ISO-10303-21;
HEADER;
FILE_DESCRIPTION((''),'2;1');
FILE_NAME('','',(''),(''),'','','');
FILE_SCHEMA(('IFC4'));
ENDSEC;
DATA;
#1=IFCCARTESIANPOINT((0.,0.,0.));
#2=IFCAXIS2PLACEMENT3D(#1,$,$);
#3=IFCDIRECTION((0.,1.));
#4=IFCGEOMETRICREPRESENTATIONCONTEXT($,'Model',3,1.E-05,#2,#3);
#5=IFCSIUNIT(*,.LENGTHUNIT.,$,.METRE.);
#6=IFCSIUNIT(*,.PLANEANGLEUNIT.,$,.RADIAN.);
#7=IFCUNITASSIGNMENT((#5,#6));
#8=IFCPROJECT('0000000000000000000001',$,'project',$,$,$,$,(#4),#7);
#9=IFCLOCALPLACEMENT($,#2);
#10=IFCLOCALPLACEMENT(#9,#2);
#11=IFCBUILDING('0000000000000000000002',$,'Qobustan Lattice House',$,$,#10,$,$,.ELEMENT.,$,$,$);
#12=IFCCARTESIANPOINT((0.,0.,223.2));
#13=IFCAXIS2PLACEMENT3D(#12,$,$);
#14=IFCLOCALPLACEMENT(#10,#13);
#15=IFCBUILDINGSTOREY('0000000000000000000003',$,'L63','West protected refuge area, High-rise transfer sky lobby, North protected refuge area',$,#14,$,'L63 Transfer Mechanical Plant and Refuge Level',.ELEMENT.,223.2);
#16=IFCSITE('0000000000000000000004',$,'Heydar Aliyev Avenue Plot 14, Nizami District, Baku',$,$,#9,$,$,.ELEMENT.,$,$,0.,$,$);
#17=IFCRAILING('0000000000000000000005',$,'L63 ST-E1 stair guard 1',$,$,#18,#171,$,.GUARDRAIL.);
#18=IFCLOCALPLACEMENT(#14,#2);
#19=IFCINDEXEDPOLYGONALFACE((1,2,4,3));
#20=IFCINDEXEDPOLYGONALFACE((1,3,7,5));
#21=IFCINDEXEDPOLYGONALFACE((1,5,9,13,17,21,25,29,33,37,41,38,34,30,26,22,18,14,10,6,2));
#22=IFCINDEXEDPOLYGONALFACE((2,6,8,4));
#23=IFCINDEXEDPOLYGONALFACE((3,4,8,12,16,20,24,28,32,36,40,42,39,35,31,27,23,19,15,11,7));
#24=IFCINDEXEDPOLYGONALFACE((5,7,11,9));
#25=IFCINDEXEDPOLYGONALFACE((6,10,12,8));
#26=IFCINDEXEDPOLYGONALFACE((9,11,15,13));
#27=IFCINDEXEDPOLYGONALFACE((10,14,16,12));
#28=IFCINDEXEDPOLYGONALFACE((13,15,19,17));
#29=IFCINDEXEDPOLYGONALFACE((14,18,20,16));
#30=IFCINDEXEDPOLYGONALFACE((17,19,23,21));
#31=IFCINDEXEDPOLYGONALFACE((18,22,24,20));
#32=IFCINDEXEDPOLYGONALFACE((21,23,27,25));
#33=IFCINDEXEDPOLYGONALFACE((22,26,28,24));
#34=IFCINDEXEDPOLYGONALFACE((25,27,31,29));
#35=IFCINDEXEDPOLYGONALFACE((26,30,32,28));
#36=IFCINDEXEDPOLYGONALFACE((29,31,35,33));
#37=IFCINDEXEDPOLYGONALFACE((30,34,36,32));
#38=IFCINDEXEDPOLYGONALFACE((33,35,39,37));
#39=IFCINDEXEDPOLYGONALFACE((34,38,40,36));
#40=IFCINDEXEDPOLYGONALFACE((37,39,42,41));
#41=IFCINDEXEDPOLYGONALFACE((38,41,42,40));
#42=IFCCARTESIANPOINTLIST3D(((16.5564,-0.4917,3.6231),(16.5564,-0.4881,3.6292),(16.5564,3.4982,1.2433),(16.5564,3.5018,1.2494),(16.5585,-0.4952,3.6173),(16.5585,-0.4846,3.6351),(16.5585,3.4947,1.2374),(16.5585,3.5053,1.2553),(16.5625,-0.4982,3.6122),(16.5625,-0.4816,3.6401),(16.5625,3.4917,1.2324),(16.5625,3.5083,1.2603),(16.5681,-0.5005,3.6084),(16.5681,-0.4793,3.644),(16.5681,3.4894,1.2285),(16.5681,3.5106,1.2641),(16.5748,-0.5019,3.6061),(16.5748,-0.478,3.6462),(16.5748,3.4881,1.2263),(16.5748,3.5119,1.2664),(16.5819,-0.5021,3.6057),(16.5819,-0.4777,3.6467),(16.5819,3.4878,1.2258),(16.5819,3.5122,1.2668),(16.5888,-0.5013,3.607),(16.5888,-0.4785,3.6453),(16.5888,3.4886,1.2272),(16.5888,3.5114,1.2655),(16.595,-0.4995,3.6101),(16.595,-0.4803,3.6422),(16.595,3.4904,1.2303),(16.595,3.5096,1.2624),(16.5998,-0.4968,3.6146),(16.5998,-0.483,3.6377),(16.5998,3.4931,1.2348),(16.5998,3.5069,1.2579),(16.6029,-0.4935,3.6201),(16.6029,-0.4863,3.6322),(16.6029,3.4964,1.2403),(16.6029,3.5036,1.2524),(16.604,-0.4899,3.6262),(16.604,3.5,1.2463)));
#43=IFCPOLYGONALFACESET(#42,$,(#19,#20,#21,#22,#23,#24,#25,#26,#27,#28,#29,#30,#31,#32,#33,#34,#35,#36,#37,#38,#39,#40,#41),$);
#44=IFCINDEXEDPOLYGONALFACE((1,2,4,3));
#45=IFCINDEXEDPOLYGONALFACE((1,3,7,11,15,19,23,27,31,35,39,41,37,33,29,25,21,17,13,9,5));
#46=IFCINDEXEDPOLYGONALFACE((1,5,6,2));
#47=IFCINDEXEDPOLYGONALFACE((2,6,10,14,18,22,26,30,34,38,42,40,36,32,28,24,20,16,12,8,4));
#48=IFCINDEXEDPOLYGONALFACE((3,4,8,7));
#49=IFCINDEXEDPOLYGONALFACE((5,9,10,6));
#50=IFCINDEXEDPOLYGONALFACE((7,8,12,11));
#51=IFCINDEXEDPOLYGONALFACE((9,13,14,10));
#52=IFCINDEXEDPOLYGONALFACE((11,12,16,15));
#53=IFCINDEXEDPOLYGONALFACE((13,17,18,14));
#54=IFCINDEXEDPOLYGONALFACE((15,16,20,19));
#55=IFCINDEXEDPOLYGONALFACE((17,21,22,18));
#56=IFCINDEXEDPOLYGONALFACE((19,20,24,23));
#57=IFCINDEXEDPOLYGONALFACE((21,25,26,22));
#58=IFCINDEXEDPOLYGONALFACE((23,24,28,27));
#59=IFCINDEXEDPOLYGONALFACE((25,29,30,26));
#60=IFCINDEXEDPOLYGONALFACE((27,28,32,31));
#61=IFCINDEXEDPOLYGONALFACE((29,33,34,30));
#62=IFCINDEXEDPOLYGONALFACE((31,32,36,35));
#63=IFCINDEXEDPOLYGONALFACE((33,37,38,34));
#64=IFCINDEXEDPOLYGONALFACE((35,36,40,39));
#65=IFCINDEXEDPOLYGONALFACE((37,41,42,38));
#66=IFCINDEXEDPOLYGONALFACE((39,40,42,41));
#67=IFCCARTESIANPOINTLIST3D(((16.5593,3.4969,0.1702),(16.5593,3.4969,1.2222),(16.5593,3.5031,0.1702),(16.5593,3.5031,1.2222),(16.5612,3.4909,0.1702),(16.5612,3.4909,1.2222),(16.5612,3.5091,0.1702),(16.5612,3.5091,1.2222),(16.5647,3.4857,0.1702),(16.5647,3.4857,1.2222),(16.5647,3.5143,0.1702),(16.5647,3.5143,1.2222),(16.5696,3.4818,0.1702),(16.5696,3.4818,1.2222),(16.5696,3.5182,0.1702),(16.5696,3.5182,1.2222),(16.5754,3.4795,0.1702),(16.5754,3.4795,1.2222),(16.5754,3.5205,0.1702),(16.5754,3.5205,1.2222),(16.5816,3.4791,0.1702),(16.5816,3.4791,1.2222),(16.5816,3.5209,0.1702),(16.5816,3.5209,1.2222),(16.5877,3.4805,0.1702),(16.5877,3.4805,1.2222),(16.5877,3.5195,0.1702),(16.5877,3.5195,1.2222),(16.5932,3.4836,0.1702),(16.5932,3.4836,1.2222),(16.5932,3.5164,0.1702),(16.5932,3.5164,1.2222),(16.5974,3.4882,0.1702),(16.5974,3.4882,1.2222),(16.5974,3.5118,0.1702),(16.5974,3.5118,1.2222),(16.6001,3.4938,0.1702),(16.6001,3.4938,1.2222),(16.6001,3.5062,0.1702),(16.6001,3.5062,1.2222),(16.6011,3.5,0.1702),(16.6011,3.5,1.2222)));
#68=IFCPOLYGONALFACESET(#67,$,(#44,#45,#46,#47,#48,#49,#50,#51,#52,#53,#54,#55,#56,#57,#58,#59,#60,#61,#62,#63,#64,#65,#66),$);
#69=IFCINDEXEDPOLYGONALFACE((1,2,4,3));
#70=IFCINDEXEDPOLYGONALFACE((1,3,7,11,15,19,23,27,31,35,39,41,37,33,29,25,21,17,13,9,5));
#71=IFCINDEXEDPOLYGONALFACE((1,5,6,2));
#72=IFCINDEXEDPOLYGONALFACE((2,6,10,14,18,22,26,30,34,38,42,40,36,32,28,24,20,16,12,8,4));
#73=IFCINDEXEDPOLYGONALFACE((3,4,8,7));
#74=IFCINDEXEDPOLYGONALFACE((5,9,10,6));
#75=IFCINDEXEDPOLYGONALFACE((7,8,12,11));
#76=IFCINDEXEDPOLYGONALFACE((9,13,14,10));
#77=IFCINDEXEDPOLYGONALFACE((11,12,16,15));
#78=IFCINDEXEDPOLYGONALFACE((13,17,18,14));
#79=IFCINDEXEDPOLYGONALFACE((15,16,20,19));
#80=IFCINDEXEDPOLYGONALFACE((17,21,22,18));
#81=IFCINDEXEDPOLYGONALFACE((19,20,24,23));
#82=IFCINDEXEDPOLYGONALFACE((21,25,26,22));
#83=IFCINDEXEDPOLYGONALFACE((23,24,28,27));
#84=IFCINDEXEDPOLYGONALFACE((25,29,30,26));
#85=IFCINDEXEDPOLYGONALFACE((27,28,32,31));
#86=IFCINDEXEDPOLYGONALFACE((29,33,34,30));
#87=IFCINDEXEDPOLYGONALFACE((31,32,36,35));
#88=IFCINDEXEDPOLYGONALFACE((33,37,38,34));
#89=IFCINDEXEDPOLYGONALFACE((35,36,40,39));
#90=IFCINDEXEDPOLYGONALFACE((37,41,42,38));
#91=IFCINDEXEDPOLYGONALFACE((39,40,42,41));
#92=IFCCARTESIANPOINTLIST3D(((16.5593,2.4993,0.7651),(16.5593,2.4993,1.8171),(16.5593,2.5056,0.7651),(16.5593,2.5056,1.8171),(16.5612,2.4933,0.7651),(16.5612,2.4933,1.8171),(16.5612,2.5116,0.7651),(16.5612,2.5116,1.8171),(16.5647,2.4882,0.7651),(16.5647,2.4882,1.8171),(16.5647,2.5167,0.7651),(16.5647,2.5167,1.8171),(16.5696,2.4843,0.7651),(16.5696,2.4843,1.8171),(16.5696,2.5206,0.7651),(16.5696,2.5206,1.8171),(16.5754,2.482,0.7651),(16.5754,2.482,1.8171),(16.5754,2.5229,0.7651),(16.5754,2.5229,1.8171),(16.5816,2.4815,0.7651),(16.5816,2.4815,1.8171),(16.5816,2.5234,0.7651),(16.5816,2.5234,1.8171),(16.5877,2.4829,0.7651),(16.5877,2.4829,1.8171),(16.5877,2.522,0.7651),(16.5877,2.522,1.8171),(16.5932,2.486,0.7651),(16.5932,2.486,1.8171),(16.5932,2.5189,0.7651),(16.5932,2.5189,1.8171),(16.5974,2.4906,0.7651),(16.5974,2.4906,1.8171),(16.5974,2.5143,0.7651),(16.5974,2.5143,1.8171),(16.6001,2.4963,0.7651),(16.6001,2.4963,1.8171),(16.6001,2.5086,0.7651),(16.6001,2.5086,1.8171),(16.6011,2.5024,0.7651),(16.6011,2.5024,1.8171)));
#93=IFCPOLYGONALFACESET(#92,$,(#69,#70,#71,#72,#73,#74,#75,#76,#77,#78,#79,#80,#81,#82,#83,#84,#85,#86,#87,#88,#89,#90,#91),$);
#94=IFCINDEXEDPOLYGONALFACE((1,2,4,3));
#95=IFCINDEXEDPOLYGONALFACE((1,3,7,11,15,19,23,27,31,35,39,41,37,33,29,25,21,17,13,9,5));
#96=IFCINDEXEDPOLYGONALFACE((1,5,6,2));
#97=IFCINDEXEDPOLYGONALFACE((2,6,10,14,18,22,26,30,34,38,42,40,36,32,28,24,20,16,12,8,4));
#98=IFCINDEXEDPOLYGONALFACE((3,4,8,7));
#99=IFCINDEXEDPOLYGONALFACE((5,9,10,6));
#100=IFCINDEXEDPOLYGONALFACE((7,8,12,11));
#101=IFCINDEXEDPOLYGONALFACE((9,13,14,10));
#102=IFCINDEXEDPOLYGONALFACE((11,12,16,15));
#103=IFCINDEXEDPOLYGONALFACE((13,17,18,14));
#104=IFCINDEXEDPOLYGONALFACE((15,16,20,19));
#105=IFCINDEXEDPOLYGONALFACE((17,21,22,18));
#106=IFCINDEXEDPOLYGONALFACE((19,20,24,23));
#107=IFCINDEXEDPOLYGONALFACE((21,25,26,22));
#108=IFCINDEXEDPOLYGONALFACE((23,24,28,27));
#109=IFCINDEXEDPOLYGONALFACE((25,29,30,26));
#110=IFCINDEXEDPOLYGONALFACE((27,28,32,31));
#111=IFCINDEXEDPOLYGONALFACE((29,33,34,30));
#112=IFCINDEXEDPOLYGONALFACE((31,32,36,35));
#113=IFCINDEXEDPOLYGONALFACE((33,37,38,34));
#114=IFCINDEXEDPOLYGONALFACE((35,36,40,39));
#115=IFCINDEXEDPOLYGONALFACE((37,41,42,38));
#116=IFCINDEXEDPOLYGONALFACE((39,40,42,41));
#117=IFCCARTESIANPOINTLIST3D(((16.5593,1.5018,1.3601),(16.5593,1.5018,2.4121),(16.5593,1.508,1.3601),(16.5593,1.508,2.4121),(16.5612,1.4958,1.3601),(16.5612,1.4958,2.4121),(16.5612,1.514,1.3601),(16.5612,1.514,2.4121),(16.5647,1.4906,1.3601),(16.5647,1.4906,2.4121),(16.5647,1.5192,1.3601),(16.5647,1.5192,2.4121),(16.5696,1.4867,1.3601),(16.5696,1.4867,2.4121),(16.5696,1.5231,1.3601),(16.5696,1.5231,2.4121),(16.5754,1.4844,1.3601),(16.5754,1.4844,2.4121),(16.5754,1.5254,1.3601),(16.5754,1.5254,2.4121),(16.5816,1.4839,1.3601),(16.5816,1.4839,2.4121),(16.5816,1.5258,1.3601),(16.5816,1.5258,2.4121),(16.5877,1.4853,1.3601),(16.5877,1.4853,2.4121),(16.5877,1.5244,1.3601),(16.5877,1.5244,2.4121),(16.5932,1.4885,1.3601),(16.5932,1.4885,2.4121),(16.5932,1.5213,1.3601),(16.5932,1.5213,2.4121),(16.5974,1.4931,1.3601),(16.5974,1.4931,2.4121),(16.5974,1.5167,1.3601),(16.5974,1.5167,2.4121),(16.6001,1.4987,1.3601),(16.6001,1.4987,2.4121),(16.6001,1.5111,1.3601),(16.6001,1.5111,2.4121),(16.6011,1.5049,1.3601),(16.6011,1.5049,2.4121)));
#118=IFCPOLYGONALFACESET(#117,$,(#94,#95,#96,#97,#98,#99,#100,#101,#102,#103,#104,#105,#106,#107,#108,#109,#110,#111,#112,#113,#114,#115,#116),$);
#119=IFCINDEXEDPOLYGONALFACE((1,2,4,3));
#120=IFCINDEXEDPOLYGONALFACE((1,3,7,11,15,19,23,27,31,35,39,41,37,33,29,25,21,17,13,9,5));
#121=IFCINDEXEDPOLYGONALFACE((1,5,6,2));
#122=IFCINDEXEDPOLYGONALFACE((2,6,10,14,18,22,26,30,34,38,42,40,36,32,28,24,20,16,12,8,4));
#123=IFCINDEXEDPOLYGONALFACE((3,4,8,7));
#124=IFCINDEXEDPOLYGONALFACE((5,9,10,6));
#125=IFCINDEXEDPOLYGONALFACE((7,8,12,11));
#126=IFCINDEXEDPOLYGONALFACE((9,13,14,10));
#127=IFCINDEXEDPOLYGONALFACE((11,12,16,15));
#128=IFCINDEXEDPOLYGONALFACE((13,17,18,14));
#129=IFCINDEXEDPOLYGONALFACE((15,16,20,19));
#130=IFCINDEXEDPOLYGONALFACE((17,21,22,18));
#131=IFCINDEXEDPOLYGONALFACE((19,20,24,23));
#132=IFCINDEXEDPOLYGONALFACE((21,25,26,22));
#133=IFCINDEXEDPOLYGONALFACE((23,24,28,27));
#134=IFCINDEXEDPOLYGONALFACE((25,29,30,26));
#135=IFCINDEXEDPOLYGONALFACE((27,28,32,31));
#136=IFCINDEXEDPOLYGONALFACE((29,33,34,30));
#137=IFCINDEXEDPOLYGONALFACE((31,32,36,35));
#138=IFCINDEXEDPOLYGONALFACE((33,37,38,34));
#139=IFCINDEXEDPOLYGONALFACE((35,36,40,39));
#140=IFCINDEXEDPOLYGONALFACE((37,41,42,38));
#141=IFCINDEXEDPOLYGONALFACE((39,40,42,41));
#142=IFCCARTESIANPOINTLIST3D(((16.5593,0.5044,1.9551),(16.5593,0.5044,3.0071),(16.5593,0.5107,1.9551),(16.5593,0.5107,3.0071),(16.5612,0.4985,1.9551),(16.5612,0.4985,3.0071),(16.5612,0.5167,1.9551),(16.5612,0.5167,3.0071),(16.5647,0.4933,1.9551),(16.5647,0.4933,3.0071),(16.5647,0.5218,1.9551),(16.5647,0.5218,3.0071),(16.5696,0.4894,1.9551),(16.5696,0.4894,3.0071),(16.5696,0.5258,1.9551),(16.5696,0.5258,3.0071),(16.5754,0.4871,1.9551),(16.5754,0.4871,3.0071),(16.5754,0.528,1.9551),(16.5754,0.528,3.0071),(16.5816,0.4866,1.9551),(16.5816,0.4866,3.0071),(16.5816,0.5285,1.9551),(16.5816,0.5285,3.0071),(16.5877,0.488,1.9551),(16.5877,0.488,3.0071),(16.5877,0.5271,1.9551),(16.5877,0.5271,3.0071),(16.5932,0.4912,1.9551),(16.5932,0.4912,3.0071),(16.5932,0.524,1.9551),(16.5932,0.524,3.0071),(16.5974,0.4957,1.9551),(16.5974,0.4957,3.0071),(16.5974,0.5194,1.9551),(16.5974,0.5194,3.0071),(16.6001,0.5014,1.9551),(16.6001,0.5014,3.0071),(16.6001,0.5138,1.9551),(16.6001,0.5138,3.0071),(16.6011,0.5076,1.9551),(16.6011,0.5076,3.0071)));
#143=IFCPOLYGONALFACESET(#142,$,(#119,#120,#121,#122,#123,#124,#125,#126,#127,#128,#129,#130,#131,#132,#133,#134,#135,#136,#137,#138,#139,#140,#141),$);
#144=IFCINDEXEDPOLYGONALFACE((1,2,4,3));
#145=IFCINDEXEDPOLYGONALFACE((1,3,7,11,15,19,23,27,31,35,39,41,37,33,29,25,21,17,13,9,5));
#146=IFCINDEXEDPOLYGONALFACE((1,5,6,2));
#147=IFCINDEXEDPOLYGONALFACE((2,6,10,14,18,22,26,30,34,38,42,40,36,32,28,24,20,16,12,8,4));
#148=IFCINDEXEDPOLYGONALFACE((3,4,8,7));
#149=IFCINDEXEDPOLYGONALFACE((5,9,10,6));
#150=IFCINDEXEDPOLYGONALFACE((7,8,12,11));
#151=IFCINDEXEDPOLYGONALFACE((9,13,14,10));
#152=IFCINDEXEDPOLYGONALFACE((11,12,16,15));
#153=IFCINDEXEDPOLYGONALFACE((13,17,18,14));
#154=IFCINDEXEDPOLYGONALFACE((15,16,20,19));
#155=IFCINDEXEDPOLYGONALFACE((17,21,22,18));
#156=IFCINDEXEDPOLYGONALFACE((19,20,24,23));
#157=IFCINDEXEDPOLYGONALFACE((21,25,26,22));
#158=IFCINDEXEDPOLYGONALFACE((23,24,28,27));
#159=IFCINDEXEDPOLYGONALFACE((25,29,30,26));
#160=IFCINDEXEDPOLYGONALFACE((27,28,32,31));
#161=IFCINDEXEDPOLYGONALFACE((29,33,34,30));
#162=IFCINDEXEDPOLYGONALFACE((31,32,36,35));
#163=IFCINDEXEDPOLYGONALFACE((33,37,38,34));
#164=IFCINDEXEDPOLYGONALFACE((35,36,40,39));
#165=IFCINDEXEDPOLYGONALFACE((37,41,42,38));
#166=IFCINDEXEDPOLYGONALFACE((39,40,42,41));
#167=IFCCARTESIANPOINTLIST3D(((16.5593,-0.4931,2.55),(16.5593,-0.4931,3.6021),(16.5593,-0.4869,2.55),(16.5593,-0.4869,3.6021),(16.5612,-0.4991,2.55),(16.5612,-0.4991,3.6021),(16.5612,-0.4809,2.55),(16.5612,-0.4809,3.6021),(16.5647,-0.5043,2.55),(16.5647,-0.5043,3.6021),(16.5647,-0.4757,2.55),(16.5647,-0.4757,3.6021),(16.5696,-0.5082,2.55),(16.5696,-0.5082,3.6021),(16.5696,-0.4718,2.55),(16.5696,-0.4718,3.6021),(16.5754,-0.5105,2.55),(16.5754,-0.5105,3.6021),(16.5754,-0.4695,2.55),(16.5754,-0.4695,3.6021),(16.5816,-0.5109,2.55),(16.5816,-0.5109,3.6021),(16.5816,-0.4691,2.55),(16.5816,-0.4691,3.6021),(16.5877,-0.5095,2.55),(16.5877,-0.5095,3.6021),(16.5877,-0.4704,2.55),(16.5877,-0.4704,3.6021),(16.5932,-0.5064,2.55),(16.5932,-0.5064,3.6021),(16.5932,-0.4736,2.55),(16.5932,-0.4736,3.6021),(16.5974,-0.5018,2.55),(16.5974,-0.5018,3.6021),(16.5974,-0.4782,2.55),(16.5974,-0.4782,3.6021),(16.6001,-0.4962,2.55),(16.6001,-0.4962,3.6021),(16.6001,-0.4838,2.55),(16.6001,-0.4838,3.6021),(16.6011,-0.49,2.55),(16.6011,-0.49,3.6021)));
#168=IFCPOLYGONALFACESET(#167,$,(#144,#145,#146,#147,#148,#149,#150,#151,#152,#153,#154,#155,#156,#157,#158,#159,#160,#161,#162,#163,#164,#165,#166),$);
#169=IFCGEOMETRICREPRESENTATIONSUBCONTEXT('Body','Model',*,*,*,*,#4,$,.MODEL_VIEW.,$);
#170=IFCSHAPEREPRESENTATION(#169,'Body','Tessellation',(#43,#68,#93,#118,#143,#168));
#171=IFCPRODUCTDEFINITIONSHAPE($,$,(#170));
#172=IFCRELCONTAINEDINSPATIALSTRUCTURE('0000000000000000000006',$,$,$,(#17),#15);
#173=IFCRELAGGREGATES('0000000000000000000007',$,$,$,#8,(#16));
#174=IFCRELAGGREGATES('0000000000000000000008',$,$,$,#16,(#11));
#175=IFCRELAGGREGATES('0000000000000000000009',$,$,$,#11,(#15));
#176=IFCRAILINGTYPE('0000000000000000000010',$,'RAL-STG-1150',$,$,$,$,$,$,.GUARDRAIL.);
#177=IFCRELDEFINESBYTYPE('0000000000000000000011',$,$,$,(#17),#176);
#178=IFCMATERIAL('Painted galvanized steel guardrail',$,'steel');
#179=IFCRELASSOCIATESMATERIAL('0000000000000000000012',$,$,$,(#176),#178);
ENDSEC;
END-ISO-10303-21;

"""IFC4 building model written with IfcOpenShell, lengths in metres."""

from ifc_helpers import new_model, si_unit, direction, frame, origin, origin_2d, place, context, subcontext, project, spatial, circle, extrude, material, type_object, element, save


model = new_model("IFC4")

# Units and contexts
model_context = context("Model", 3, precision=1e-05, world=origin(), true_north=direction((0.0, 1.0)))
body_context = subcontext(model_context, "Body", "Model", "MODEL_VIEW")
ifc_project = project(units=[si_unit("LENGTHUNIT", "METRE"), si_unit("PLANEANGLEUNIT", "RADIAN")], contexts=[model_context])

# Site, building, storey
site_placement = place(None, origin())
site = spatial("IfcSite", under=ifc_project, at=site_placement, Name="Heydar Aliyev Avenue Plot 14, Nizami District, Baku", CompositionType="ELEMENT", RefElevation=0.0)
building_placement = place(site_placement, origin())
building = spatial("IfcBuilding", under=site, at=building_placement, Name="Qobustan Lattice House", CompositionType="ELEMENT")
storey_placement = place(building_placement, frame((0.0, 0.0, 223.2)))
storey = spatial("IfcBuildingStorey", under=building, at=storey_placement, Name="L63", Description="West protected refuge area, High-rise transfer sky lobby, North protected refuge area", LongName="L63 Transfer Mechanical Plant and Refuge Level", CompositionType="ELEMENT", Elevation=223.2)

# Railing
ifc_material_1 = material(Name="Painted galvanized steel guardrail", Category="steel")
railing_type_1 = type_object("IfcRailingType", Name="RAL-STG-1150", PredefinedType="GUARDRAIL", material=ifc_material_1)
railing_1_placement = place(storey_placement, frame((16.5801, 3.5, 0.1702)))
element("IfcRailing", 1, at=railing_1_placement, inside=storey, type_object=railing_type_1, Name="L63 ST-E1 stair guard 1", PredefinedType="GUARDRAIL", context=body_context, shape_type="SweptSolid", body=[
    extrude(circle(Radius=0.0239, at=origin_2d()), frame((0.0, 0.0, 1.0762), z_axis=(0.0, -0.85883, 0.512261), x_axis=(1.0, 0.0, 0.0)), (0.0, 0.0, 1.0), 4.6458),
    extrude(circle(Radius=0.021, at=origin_2d()), origin(), (0.0, 0.0, 1.0), 1.052),
    extrude(circle(Radius=0.021, at=origin_2d()), frame((0.0, -0.9976, 0.595)), (0.0, 0.0, 1.0), 1.052),
    extrude(circle(Radius=0.021, at=origin_2d()), frame((0.0, -1.9951, 1.1899)), (0.0, 0.0, 1.0), 1.052),
    extrude(circle(Radius=0.021, at=origin_2d()), frame((0.0, -2.9924, 1.7849)), (0.0, 0.0, 1.0), 1.052),
    extrude(circle(Radius=0.021, at=origin_2d()), frame((0.0, -3.99, 2.3799)), (0.0, 0.0, 1.0), 1.052),
])

save(model, "model.ifc")
